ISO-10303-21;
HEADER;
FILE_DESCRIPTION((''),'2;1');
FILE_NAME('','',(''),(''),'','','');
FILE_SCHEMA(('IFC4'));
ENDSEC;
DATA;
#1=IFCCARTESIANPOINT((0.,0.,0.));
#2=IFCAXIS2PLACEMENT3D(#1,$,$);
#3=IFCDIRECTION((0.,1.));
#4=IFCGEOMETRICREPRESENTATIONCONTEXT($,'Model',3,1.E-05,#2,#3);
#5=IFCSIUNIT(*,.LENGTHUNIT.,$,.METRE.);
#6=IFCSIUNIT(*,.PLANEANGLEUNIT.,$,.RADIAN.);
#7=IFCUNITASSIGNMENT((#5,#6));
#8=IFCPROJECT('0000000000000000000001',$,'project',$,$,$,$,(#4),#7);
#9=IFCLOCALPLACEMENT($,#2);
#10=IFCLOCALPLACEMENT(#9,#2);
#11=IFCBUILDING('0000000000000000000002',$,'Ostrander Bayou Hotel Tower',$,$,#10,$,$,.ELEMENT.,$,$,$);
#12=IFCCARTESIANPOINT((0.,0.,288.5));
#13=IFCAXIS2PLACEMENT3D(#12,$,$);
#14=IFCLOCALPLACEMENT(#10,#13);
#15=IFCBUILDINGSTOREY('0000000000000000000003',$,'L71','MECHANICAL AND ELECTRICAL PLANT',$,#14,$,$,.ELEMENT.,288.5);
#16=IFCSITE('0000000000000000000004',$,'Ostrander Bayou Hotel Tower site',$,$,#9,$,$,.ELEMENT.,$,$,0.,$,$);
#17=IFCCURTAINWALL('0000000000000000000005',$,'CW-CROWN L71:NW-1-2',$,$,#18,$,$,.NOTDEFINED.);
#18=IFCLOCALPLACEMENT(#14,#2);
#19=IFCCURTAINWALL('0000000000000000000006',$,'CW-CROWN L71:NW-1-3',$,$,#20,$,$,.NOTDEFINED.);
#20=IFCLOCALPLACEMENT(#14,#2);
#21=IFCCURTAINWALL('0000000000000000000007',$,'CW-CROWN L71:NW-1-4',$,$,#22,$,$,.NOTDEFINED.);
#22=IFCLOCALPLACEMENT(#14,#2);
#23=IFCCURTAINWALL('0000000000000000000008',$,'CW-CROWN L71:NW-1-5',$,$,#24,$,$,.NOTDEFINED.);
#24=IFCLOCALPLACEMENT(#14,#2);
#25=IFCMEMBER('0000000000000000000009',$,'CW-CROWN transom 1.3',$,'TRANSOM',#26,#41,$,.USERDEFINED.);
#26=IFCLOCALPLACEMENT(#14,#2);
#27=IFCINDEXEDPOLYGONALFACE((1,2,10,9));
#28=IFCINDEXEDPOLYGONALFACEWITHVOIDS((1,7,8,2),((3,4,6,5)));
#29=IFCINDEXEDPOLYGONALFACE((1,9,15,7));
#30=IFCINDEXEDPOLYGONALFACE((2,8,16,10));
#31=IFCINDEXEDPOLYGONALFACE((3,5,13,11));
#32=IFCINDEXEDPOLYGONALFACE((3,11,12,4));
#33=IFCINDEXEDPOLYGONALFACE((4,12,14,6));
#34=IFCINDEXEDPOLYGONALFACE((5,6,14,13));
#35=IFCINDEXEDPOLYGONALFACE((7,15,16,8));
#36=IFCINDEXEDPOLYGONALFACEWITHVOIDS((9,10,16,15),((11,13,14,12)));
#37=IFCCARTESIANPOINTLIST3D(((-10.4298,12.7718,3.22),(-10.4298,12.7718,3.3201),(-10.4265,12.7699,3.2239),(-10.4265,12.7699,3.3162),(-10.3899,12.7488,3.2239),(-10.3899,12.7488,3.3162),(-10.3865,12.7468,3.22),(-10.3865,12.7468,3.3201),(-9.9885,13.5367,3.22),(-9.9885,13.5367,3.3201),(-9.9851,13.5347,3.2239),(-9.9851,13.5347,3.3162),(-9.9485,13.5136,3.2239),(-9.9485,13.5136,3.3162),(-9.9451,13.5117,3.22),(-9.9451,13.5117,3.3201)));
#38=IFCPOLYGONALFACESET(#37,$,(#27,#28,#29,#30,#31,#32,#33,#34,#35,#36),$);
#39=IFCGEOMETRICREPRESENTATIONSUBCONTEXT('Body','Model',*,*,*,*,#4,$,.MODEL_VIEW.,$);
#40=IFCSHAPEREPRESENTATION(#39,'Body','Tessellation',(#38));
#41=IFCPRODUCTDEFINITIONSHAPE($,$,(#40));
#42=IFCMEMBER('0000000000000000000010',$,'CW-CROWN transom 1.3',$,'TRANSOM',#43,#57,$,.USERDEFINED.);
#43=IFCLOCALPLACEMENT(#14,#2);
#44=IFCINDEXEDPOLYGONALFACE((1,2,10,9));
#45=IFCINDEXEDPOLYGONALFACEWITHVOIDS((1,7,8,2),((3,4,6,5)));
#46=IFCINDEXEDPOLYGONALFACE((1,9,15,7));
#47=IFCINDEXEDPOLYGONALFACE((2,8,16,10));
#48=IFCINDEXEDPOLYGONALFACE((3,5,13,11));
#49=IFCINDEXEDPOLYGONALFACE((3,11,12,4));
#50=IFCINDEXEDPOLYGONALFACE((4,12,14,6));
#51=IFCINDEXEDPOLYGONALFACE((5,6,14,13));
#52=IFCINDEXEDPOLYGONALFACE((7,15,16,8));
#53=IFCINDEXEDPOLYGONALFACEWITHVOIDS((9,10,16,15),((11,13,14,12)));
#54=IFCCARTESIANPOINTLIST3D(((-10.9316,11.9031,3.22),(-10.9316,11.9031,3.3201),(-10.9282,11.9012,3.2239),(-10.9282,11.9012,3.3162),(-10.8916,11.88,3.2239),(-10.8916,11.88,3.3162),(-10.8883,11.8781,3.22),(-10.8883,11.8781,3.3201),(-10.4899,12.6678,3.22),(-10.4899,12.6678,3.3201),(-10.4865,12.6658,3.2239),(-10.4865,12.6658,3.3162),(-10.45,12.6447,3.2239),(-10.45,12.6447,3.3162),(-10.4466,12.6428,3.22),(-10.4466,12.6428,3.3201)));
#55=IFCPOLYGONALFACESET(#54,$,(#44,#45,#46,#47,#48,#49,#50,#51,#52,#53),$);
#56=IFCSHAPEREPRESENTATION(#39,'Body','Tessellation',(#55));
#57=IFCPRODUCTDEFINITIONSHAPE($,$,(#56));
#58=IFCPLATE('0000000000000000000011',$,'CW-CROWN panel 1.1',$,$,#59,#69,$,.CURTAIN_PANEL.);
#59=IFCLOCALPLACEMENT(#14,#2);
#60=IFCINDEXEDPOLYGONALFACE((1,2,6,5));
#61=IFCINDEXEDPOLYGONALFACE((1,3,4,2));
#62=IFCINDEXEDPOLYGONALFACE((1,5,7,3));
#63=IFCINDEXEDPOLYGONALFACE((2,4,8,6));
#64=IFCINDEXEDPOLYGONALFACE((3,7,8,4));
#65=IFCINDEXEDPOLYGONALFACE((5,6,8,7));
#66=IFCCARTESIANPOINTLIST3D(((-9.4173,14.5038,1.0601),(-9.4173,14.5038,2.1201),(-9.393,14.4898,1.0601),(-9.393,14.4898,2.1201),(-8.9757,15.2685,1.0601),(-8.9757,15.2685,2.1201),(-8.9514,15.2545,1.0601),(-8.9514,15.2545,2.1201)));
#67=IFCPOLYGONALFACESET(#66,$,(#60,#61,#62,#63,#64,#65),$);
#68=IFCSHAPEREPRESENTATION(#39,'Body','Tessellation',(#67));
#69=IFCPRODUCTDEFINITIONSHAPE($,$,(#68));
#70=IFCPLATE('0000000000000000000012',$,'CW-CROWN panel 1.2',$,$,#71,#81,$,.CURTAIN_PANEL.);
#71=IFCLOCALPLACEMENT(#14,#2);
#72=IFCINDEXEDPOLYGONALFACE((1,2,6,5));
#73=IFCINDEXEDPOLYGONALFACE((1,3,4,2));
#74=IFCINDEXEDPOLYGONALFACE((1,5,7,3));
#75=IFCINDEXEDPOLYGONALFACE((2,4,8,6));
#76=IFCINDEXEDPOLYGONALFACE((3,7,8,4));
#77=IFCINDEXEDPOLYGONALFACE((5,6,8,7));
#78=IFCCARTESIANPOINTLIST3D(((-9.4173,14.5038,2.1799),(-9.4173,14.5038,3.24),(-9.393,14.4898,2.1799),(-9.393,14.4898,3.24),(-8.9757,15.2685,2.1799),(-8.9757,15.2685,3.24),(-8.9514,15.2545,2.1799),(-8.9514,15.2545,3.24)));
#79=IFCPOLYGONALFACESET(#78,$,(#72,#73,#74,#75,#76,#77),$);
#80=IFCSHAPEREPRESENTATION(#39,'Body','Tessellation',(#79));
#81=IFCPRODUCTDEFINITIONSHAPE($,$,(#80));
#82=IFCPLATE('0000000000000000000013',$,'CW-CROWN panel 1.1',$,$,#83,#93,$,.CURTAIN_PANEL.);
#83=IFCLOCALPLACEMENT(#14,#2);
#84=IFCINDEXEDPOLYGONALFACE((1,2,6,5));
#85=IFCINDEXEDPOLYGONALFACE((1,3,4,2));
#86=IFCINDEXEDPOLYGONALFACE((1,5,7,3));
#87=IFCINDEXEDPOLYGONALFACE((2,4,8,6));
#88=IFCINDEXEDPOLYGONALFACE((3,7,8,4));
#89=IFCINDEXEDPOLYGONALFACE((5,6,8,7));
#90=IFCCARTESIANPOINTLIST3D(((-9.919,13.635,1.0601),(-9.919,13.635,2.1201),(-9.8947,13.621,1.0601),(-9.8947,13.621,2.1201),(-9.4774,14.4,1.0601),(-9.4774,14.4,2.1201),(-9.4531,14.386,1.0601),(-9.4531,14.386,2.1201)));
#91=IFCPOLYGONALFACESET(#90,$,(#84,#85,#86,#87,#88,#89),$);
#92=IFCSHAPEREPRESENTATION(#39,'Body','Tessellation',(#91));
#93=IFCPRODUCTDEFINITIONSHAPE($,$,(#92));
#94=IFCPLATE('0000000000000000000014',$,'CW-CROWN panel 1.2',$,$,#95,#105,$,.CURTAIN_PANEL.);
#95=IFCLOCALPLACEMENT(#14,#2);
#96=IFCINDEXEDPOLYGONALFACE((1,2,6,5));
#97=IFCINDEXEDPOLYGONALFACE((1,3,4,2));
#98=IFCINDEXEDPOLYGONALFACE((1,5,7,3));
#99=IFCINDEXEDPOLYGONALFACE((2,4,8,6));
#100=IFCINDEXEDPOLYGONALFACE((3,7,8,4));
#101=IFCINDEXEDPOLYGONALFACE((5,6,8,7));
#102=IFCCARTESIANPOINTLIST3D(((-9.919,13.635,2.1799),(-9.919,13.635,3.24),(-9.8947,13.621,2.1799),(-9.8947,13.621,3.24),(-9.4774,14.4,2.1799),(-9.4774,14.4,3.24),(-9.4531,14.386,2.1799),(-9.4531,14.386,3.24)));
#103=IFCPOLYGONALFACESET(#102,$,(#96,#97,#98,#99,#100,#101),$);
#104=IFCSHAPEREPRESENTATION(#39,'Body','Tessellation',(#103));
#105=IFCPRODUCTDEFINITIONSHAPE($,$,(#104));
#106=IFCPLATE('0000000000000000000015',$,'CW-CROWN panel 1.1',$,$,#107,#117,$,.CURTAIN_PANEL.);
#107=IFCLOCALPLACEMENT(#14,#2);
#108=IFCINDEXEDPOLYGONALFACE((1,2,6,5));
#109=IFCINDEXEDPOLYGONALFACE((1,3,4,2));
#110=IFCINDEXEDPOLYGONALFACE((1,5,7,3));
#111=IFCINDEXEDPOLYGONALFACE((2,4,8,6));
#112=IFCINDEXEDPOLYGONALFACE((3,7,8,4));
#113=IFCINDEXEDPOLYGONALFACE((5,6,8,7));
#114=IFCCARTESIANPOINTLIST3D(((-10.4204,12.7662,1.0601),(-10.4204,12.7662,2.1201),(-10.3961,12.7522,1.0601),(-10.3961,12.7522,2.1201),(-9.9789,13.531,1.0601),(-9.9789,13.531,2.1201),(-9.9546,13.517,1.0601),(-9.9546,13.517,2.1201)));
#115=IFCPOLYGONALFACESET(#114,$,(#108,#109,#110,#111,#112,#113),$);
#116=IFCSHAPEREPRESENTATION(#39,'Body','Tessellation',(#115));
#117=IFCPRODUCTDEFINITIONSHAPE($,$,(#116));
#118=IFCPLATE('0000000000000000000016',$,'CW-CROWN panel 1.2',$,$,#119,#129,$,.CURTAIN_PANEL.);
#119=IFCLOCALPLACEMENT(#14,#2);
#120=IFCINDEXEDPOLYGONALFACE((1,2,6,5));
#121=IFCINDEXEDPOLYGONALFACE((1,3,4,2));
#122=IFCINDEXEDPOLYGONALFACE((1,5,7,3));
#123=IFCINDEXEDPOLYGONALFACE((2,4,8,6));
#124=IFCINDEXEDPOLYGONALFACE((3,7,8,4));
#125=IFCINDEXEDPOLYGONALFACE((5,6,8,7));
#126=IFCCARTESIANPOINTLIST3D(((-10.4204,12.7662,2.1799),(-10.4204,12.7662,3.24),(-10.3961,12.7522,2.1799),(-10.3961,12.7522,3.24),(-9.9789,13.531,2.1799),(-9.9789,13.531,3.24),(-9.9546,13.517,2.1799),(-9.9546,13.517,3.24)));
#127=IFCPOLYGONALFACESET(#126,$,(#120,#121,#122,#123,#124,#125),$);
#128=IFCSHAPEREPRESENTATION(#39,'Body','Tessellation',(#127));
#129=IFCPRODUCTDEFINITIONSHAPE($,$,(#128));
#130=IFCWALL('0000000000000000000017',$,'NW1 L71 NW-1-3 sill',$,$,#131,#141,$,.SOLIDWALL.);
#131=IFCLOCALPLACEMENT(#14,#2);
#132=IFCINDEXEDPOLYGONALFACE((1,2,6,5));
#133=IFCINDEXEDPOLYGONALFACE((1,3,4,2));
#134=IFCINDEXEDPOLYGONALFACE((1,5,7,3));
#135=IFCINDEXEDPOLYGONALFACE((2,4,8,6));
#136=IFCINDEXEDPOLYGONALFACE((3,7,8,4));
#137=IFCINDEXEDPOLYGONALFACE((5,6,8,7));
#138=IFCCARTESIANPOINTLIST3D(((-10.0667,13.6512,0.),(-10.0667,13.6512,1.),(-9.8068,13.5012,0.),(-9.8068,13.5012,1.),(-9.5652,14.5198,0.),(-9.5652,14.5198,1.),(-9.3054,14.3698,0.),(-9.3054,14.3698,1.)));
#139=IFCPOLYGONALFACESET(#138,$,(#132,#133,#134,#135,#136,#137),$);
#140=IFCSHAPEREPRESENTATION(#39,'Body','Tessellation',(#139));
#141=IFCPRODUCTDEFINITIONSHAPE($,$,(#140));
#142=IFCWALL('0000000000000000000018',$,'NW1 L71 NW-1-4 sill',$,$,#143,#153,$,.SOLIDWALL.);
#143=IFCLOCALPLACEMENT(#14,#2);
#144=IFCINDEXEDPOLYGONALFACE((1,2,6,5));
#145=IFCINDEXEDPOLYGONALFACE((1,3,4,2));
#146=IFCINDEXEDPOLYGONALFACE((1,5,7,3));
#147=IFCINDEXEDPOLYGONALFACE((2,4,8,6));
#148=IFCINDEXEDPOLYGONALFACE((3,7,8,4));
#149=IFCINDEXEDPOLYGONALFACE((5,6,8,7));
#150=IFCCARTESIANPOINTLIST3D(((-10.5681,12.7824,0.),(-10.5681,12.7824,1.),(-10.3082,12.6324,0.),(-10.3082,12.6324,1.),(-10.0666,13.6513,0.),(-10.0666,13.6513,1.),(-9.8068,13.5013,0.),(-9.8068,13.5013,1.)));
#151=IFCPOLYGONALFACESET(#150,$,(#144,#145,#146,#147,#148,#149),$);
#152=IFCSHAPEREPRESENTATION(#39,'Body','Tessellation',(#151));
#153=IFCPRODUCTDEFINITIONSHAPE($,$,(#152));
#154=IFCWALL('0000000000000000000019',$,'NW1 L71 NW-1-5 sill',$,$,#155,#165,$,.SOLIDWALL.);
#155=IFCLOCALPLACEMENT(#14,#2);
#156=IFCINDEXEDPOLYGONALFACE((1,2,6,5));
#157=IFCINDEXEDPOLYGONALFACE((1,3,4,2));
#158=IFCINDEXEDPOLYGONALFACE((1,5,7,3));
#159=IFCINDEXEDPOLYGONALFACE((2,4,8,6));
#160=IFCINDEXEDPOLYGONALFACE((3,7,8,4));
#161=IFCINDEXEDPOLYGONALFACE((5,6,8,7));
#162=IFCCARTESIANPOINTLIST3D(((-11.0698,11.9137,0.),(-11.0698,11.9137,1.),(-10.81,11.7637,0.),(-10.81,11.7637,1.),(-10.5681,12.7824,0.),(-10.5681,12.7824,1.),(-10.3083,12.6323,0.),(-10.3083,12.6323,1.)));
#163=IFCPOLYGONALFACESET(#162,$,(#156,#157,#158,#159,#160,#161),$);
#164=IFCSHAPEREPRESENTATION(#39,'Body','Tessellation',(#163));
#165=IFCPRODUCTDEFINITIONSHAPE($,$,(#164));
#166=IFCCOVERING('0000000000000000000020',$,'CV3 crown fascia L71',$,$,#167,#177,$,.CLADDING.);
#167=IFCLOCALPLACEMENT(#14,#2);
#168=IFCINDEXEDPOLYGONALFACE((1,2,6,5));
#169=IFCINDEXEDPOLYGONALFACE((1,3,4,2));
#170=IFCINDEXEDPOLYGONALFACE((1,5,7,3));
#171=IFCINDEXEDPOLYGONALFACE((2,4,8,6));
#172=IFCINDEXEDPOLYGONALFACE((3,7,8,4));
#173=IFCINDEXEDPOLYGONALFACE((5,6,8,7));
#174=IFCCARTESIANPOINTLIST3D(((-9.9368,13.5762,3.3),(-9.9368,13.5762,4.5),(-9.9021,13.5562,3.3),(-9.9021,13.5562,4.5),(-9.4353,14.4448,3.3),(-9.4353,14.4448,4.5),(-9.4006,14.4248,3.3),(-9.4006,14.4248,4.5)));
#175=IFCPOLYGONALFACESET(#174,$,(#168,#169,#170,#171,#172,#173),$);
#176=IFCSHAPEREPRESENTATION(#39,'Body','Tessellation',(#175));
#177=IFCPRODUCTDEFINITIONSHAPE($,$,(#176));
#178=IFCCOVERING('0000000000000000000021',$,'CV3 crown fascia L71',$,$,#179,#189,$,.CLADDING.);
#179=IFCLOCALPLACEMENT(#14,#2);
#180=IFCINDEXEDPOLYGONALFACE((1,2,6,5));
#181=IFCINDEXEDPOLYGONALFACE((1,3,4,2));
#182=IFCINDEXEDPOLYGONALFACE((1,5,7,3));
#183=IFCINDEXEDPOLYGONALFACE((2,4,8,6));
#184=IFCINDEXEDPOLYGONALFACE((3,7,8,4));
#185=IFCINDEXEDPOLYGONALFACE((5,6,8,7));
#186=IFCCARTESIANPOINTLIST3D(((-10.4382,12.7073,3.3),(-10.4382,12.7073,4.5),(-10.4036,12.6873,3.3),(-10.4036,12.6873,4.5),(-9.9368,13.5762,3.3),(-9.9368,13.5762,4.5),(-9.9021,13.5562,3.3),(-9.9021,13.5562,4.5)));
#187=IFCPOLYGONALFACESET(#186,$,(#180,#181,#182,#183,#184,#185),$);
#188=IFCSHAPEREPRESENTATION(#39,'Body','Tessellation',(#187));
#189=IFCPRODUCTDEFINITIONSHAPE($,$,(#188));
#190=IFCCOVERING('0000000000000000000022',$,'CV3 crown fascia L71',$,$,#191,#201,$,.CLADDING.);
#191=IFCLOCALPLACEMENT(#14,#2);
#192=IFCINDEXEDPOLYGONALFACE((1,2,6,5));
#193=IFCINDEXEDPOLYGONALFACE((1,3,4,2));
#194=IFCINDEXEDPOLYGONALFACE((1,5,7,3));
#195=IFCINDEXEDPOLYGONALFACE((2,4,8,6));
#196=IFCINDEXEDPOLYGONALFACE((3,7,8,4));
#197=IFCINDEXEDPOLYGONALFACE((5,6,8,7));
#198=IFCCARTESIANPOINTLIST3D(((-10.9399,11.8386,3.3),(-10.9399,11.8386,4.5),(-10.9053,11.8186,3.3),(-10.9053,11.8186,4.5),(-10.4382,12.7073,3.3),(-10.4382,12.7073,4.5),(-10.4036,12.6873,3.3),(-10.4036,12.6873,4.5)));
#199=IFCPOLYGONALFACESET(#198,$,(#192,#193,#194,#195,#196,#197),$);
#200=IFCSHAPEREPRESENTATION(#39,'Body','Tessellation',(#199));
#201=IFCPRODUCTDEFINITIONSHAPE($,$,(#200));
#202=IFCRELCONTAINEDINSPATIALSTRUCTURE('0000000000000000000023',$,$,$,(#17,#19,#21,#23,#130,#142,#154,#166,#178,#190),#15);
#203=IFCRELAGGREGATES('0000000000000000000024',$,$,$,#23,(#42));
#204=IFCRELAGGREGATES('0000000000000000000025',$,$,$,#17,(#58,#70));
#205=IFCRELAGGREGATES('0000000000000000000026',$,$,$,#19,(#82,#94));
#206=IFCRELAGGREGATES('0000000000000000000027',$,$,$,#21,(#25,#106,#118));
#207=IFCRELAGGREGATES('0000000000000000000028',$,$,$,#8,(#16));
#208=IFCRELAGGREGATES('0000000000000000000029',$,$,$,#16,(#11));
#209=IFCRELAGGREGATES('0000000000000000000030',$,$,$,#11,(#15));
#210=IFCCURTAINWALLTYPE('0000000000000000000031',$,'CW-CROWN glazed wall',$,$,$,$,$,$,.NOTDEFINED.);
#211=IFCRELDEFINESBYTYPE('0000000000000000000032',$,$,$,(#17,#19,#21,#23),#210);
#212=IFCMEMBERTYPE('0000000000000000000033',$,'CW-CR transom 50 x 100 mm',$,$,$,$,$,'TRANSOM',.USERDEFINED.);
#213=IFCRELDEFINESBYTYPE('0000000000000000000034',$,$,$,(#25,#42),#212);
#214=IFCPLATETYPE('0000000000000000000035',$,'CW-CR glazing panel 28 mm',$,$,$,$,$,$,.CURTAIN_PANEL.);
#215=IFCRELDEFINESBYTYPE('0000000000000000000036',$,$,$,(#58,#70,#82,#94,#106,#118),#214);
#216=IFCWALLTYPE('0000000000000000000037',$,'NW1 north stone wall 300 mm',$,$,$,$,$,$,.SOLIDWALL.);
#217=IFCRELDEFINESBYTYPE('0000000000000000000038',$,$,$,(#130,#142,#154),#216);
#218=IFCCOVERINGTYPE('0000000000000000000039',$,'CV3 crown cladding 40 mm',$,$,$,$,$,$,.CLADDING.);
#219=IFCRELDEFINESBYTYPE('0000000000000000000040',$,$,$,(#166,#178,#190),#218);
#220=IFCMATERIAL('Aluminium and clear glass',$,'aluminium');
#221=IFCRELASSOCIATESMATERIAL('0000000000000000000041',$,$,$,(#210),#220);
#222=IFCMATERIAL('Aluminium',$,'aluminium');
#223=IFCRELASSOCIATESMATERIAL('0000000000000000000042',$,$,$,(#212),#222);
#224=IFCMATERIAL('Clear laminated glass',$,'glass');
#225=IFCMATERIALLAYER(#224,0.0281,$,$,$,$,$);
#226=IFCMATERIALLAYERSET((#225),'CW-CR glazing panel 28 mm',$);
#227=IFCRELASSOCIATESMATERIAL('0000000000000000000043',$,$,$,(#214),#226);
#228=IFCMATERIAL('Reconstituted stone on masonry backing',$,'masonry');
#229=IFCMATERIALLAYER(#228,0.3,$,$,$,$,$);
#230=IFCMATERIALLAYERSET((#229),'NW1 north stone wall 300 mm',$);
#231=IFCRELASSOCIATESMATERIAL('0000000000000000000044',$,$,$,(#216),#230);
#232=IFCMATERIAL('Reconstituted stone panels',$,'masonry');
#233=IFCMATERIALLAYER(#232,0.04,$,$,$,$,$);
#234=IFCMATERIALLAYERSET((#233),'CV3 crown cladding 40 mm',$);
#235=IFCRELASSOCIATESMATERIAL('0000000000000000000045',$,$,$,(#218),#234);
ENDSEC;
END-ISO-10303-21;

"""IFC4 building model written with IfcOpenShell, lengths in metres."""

from ifc_helpers import new_model, si_unit, direction, frame, frame_2d, origin, origin_2d, place, context, subcontext, project, spatial, polyline, rectangle, hollow_rectangle, outline, extrude, material, layer, layer_set, material_profile, profile_set, type_object, element, aggregate, save


model = new_model("IFC4")

# Units and contexts
model_context = context("Model", 3, precision=1e-05, world=origin(), true_north=direction((0.0, 1.0)))
body_context = subcontext(model_context, "Body", "Model", "MODEL_VIEW")
ifc_project = project(units=[si_unit("LENGTHUNIT", "METRE"), si_unit("PLANEANGLEUNIT", "RADIAN")], contexts=[model_context])

# Site, building, storey
site_placement = place(None, origin())
site = spatial("IfcSite", under=ifc_project, at=site_placement, Name="Ostrander Bayou Hotel Tower site", CompositionType="ELEMENT", RefElevation=0.0)
building_placement = place(site_placement, origin())
building = spatial("IfcBuilding", under=site, at=building_placement, Name="Ostrander Bayou Hotel Tower", CompositionType="ELEMENT")
storey_placement = place(building_placement, frame((0.0, 0.0, 288.5)))
storey = spatial("IfcBuildingStorey", under=building, at=storey_placement, Name="L71", Description="MECHANICAL AND ELECTRICAL PLANT", CompositionType="ELEMENT", Elevation=288.5)

# Curtain wall
ifc_material_1 = material(Name="Aluminium and clear glass", Category="aluminium")
curtain_wall_type = type_object("IfcCurtainWallType", Name="CW-CROWN glazed wall", PredefinedType="NOTDEFINED", material=ifc_material_1)
curtain_wall_1_placement = place(storey_placement, origin())
curtain_wall_1 = element("IfcCurtainWall", 1, at=curtain_wall_1_placement, inside=storey, type_object=curtain_wall_type, Name="CW-CROWN L71:NW-1-2", PredefinedType="NOTDEFINED")

# Curtain walls
curtain_wall_2_placement = place(storey_placement, origin())
curtain_wall_2 = element("IfcCurtainWall", 2, at=curtain_wall_2_placement, inside=storey, type_object=curtain_wall_type, Name="CW-CROWN L71:NW-1-3", PredefinedType="NOTDEFINED")
curtain_wall_3_placement = place(storey_placement, origin())
curtain_wall_3 = element("IfcCurtainWall", 3, at=curtain_wall_3_placement, inside=storey, type_object=curtain_wall_type, Name="CW-CROWN L71:NW-1-4", PredefinedType="NOTDEFINED")

# Curtain wall
curtain_wall_4_placement = place(storey_placement, origin())
curtain_wall_4 = element("IfcCurtainWall", 4, at=curtain_wall_4_placement, inside=storey, type_object=curtain_wall_type, Name="CW-CROWN L71:NW-1-5", PredefinedType="NOTDEFINED")

# Members
ifc_material_2 = material(Name="Aluminium", Category="aluminium")
ifc_material_profile_1 = material_profile(ifc_material_2, hollow_rectangle(XDim=0.05, YDim=0.1001, WallThickness=0.0039, at=origin_2d()))
ifc_profile_set_1 = profile_set([ifc_material_profile_1], Name="Aluminium")
member_type_1 = type_object("IfcMemberType", Name="CW-CR transom 50 x 100 mm", ElementType="TRANSOM", PredefinedType="USERDEFINED", material=ifc_profile_set_1)
member_1_placement = place(storey_placement, frame((-9.9668, 13.5242, 3.27), z_axis=(-0.499826, -0.866126, 0.0), x_axis=(0.866126, -0.499826, 0.0)))
member_1 = element("IfcMember", 5, at=member_1_placement, type_object=member_type_1, Name="CW-CROWN transom 1.3", ObjectType="TRANSOM", PredefinedType="USERDEFINED", context=body_context, shape_type="SweptSolid", body=[
    extrude(hollow_rectangle(XDim=0.05, YDim=0.1001, WallThickness=0.0039, at=origin_2d()), origin(), (0.0, 0.0, 1.0), 0.8831),
])
member_2_placement = place(storey_placement, frame((-10.4683, 12.6553, 3.27), z_axis=(-0.500153, -0.865937, 0.0), x_axis=(0.865937, -0.500153, 0.0)))
member_2 = element("IfcMember", 6, at=member_2_placement, type_object=member_type_1, Name="CW-CROWN transom 1.3", ObjectType="TRANSOM", PredefinedType="USERDEFINED", context=body_context, shape_type="SweptSolid", body=[
    extrude(hollow_rectangle(XDim=0.05, YDim=0.1001, WallThickness=0.0039, at=origin_2d()), origin(), (0.0, 0.0, 1.0), 0.8831),
])
aggregate(curtain_wall_4, [member_2])

# Plates
ifc_material_3 = material(Name="Clear laminated glass", Category="glass")
ifc_layer_1 = layer(ifc_material_3, 0.0281)
ifc_layer_set_1 = layer_set([ifc_layer_1], Name="CW-CR glazing panel 28 mm")
plate_type = type_object("IfcPlateType", Name="CW-CR glazing panel 28 mm", PredefinedType="CURTAIN_PANEL", material=ifc_layer_set_1)
plate_1_placement = place(storey_placement, frame((-9.1843, 14.8792, 1.0601), z_axis=(0.0, 0.0, 1.0), x_axis=(-0.500042, -0.866001, 0.0)))
plate_1 = element("IfcPlate", 7, at=plate_1_placement, type_object=plate_type, Name="CW-CROWN panel 1.1", PredefinedType="CURTAIN_PANEL", context=body_context, shape_type="SweptSolid", body=[
    extrude(rectangle(XDim=0.8831, YDim=0.0281, at=origin_2d()), origin(), (0.0, 0.0, 1.0), 1.0601),
])
plate_2_placement = place(storey_placement, frame((-9.1843, 14.8792, 2.1799), z_axis=(0.0, 0.0, 1.0), x_axis=(-0.500042, -0.866001, 0.0)))
plate_2 = element("IfcPlate", 8, at=plate_2_placement, type_object=plate_type, Name="CW-CROWN panel 1.2", PredefinedType="CURTAIN_PANEL", context=body_context, shape_type="SweptSolid", body=[
    extrude(rectangle(XDim=0.8831, YDim=0.0281, at=origin_2d()), origin(), (0.0, 0.0, 1.0), 1.0601),
])
aggregate(curtain_wall_1, [plate_1, plate_2])
plate_3_placement = place(storey_placement, frame((-9.686, 14.0105, 1.0601), z_axis=(0.0, 0.0, 1.0), x_axis=(-0.499999, -0.866026, 0.0)))
plate_3 = element("IfcPlate", 9, at=plate_3_placement, type_object=plate_type, Name="CW-CROWN panel 1.1", PredefinedType="CURTAIN_PANEL", context=body_context, shape_type="SweptSolid", body=[
    extrude(rectangle(XDim=0.8833, YDim=0.0281, at=origin_2d()), origin(), (0.0, 0.0, 1.0), 1.0601),
])
plate_4_placement = place(storey_placement, frame((-9.686, 14.0105, 2.1799), z_axis=(0.0, 0.0, 1.0), x_axis=(-0.499999, -0.866026, 0.0)))
plate_4 = element("IfcPlate", 10, at=plate_4_placement, type_object=plate_type, Name="CW-CROWN panel 1.2", PredefinedType="CURTAIN_PANEL", context=body_context, shape_type="SweptSolid", body=[
    extrude(rectangle(XDim=0.8833, YDim=0.0281, at=origin_2d()), origin(), (0.0, 0.0, 1.0), 1.0601),
])
aggregate(curtain_wall_2, [plate_3, plate_4])
plate_5_placement = place(storey_placement, frame((-10.1875, 13.1416, 1.0601), z_axis=(0.0, 0.0, 1.0), x_axis=(-0.499924, -0.866069, 0.0)))
plate_5 = element("IfcPlate", 11, at=plate_5_placement, type_object=plate_type, Name="CW-CROWN panel 1.1", PredefinedType="CURTAIN_PANEL", context=body_context, shape_type="SweptSolid", body=[
    extrude(rectangle(XDim=0.8831, YDim=0.0281, at=origin_2d()), origin(), (0.0, 0.0, 1.0), 1.0601),
])
plate_6_placement = place(storey_placement, frame((-10.1875, 13.1416, 2.1799), z_axis=(0.0, 0.0, 1.0), x_axis=(-0.499924, -0.866069, 0.0)))
plate_6 = element("IfcPlate", 12, at=plate_6_placement, type_object=plate_type, Name="CW-CROWN panel 1.2", PredefinedType="CURTAIN_PANEL", context=body_context, shape_type="SweptSolid", body=[
    extrude(rectangle(XDim=0.8831, YDim=0.0281, at=origin_2d()), origin(), (0.0, 0.0, 1.0), 1.0601),
])
aggregate(curtain_wall_3, [member_1, plate_5, plate_6])

# Walls
ifc_material_4 = material(Name="Reconstituted stone on masonry backing", Category="masonry")
ifc_layer_2 = layer(ifc_material_4, 0.3)
ifc_layer_set_2 = layer_set([ifc_layer_2], Name="NW1 north stone wall 300 mm")
wall_type = type_object("IfcWallType", Name="NW1 north stone wall 300 mm", PredefinedType="SOLIDWALL", material=ifc_layer_set_2)
wall_placement = place(storey_placement, frame((-9.4353, 14.4448, 0.0), z_axis=(0.0, 0.0, 1.0), x_axis=(-0.499961, -0.866048, 0.0)))
element("IfcWall", 13, at=wall_placement, inside=storey, type_object=wall_type, Name="NW1 L71 NW-1-3 sill", PredefinedType="SOLIDWALL", context=body_context, shape_type="SweptSolid", body=[
    extrude(rectangle(XDim=1.0029, YDim=0.3, at=frame_2d((0.5015, 0.0))), origin(), (0.0, 0.0, 1.0), 1.0),
])
for number, where, z_axis, x_axis, name in (
    (14, (-9.9368, 13.5762, 0.0), (0.0, 0.0, 1.0), (-0.499856, -0.866109, 0.0), "NW1 L71 NW-1-4 sill"),
    (15, (-10.4382, 12.7073, 0.0), (0.0, 0.0, 1.0), (-0.500144, -0.865942, 0.0), "NW1 L71 NW-1-5 sill"),
):
    element("IfcWall", number, at=place(storey_placement, frame(where, z_axis=z_axis, x_axis=x_axis)), inside=storey, type_object=wall_type, Name=name, PredefinedType="SOLIDWALL", context=body_context, shape_type="SweptSolid", body=[
        extrude(rectangle(XDim=1.0032, YDim=0.3, at=frame_2d((0.5015, 0.0))), origin(), (0.0, 0.0, 1.0), 1.0),
    ])

# Coverings
ifc_material_5 = material(Name="Reconstituted stone panels", Category="masonry")
ifc_layer_3 = layer(ifc_material_5, 0.04)
ifc_layer_set_3 = layer_set([ifc_layer_3], Name="CV3 crown cladding 40 mm")
covering_type = type_object("IfcCoveringType", Name="CV3 crown cladding 40 mm", PredefinedType="CLADDING", material=ifc_layer_set_3)
covering_1_placement = place(storey_placement, frame((-9.4353, 14.4448, 3.3), z_axis=(-0.866048, 0.499961, 0.0), x_axis=(-0.499961, -0.866048, 0.0)))
element("IfcCovering", 16, at=covering_1_placement, inside=storey, type_object=covering_type, Name="CV3 crown fascia L71", PredefinedType="CLADDING", context=body_context, shape_type="SweptSolid", body=[
    extrude(outline(polyline([(0.0, 0.0), (1.003, 0.0), (1.003, 1.2), (0.0, 1.2), (0.0, 0.0)])), origin(), (0.0, 0.0, -1.0), 0.04),
])
covering_2_placement = place(storey_placement, frame((-9.9368, 13.5762, 3.3), z_axis=(-0.866109, 0.499856, 0.0), x_axis=(-0.499856, -0.866109, 0.0)))
element("IfcCovering", 17, at=covering_2_placement, inside=storey, type_object=covering_type, Name="CV3 crown fascia L71", PredefinedType="CLADDING", context=body_context, shape_type="SweptSolid", body=[
    extrude(outline(polyline([(0.0, 0.0), (1.0032, 0.0), (1.0032, 1.2), (0.0, 1.2), (0.0, 0.0)])), origin(), (0.0, 0.0, -1.0), 0.04),
])
covering_3_placement = place(storey_placement, frame((-10.4382, 12.7073, 3.3), z_axis=(-0.865942, 0.500144, 0.0), x_axis=(-0.500144, -0.865942, 0.0)))
element("IfcCovering", 18, at=covering_3_placement, inside=storey, type_object=covering_type, Name="CV3 crown fascia L71", PredefinedType="CLADDING", context=body_context, shape_type="SweptSolid", body=[
    extrude(outline(polyline([(0.0, 0.0), (1.0031, 0.0), (1.0031, 1.2), (0.0, 1.2), (0.0, 0.0)])), origin(), (0.0, 0.0, -1.0), 0.04),
])

save(model, "model.ifc")
